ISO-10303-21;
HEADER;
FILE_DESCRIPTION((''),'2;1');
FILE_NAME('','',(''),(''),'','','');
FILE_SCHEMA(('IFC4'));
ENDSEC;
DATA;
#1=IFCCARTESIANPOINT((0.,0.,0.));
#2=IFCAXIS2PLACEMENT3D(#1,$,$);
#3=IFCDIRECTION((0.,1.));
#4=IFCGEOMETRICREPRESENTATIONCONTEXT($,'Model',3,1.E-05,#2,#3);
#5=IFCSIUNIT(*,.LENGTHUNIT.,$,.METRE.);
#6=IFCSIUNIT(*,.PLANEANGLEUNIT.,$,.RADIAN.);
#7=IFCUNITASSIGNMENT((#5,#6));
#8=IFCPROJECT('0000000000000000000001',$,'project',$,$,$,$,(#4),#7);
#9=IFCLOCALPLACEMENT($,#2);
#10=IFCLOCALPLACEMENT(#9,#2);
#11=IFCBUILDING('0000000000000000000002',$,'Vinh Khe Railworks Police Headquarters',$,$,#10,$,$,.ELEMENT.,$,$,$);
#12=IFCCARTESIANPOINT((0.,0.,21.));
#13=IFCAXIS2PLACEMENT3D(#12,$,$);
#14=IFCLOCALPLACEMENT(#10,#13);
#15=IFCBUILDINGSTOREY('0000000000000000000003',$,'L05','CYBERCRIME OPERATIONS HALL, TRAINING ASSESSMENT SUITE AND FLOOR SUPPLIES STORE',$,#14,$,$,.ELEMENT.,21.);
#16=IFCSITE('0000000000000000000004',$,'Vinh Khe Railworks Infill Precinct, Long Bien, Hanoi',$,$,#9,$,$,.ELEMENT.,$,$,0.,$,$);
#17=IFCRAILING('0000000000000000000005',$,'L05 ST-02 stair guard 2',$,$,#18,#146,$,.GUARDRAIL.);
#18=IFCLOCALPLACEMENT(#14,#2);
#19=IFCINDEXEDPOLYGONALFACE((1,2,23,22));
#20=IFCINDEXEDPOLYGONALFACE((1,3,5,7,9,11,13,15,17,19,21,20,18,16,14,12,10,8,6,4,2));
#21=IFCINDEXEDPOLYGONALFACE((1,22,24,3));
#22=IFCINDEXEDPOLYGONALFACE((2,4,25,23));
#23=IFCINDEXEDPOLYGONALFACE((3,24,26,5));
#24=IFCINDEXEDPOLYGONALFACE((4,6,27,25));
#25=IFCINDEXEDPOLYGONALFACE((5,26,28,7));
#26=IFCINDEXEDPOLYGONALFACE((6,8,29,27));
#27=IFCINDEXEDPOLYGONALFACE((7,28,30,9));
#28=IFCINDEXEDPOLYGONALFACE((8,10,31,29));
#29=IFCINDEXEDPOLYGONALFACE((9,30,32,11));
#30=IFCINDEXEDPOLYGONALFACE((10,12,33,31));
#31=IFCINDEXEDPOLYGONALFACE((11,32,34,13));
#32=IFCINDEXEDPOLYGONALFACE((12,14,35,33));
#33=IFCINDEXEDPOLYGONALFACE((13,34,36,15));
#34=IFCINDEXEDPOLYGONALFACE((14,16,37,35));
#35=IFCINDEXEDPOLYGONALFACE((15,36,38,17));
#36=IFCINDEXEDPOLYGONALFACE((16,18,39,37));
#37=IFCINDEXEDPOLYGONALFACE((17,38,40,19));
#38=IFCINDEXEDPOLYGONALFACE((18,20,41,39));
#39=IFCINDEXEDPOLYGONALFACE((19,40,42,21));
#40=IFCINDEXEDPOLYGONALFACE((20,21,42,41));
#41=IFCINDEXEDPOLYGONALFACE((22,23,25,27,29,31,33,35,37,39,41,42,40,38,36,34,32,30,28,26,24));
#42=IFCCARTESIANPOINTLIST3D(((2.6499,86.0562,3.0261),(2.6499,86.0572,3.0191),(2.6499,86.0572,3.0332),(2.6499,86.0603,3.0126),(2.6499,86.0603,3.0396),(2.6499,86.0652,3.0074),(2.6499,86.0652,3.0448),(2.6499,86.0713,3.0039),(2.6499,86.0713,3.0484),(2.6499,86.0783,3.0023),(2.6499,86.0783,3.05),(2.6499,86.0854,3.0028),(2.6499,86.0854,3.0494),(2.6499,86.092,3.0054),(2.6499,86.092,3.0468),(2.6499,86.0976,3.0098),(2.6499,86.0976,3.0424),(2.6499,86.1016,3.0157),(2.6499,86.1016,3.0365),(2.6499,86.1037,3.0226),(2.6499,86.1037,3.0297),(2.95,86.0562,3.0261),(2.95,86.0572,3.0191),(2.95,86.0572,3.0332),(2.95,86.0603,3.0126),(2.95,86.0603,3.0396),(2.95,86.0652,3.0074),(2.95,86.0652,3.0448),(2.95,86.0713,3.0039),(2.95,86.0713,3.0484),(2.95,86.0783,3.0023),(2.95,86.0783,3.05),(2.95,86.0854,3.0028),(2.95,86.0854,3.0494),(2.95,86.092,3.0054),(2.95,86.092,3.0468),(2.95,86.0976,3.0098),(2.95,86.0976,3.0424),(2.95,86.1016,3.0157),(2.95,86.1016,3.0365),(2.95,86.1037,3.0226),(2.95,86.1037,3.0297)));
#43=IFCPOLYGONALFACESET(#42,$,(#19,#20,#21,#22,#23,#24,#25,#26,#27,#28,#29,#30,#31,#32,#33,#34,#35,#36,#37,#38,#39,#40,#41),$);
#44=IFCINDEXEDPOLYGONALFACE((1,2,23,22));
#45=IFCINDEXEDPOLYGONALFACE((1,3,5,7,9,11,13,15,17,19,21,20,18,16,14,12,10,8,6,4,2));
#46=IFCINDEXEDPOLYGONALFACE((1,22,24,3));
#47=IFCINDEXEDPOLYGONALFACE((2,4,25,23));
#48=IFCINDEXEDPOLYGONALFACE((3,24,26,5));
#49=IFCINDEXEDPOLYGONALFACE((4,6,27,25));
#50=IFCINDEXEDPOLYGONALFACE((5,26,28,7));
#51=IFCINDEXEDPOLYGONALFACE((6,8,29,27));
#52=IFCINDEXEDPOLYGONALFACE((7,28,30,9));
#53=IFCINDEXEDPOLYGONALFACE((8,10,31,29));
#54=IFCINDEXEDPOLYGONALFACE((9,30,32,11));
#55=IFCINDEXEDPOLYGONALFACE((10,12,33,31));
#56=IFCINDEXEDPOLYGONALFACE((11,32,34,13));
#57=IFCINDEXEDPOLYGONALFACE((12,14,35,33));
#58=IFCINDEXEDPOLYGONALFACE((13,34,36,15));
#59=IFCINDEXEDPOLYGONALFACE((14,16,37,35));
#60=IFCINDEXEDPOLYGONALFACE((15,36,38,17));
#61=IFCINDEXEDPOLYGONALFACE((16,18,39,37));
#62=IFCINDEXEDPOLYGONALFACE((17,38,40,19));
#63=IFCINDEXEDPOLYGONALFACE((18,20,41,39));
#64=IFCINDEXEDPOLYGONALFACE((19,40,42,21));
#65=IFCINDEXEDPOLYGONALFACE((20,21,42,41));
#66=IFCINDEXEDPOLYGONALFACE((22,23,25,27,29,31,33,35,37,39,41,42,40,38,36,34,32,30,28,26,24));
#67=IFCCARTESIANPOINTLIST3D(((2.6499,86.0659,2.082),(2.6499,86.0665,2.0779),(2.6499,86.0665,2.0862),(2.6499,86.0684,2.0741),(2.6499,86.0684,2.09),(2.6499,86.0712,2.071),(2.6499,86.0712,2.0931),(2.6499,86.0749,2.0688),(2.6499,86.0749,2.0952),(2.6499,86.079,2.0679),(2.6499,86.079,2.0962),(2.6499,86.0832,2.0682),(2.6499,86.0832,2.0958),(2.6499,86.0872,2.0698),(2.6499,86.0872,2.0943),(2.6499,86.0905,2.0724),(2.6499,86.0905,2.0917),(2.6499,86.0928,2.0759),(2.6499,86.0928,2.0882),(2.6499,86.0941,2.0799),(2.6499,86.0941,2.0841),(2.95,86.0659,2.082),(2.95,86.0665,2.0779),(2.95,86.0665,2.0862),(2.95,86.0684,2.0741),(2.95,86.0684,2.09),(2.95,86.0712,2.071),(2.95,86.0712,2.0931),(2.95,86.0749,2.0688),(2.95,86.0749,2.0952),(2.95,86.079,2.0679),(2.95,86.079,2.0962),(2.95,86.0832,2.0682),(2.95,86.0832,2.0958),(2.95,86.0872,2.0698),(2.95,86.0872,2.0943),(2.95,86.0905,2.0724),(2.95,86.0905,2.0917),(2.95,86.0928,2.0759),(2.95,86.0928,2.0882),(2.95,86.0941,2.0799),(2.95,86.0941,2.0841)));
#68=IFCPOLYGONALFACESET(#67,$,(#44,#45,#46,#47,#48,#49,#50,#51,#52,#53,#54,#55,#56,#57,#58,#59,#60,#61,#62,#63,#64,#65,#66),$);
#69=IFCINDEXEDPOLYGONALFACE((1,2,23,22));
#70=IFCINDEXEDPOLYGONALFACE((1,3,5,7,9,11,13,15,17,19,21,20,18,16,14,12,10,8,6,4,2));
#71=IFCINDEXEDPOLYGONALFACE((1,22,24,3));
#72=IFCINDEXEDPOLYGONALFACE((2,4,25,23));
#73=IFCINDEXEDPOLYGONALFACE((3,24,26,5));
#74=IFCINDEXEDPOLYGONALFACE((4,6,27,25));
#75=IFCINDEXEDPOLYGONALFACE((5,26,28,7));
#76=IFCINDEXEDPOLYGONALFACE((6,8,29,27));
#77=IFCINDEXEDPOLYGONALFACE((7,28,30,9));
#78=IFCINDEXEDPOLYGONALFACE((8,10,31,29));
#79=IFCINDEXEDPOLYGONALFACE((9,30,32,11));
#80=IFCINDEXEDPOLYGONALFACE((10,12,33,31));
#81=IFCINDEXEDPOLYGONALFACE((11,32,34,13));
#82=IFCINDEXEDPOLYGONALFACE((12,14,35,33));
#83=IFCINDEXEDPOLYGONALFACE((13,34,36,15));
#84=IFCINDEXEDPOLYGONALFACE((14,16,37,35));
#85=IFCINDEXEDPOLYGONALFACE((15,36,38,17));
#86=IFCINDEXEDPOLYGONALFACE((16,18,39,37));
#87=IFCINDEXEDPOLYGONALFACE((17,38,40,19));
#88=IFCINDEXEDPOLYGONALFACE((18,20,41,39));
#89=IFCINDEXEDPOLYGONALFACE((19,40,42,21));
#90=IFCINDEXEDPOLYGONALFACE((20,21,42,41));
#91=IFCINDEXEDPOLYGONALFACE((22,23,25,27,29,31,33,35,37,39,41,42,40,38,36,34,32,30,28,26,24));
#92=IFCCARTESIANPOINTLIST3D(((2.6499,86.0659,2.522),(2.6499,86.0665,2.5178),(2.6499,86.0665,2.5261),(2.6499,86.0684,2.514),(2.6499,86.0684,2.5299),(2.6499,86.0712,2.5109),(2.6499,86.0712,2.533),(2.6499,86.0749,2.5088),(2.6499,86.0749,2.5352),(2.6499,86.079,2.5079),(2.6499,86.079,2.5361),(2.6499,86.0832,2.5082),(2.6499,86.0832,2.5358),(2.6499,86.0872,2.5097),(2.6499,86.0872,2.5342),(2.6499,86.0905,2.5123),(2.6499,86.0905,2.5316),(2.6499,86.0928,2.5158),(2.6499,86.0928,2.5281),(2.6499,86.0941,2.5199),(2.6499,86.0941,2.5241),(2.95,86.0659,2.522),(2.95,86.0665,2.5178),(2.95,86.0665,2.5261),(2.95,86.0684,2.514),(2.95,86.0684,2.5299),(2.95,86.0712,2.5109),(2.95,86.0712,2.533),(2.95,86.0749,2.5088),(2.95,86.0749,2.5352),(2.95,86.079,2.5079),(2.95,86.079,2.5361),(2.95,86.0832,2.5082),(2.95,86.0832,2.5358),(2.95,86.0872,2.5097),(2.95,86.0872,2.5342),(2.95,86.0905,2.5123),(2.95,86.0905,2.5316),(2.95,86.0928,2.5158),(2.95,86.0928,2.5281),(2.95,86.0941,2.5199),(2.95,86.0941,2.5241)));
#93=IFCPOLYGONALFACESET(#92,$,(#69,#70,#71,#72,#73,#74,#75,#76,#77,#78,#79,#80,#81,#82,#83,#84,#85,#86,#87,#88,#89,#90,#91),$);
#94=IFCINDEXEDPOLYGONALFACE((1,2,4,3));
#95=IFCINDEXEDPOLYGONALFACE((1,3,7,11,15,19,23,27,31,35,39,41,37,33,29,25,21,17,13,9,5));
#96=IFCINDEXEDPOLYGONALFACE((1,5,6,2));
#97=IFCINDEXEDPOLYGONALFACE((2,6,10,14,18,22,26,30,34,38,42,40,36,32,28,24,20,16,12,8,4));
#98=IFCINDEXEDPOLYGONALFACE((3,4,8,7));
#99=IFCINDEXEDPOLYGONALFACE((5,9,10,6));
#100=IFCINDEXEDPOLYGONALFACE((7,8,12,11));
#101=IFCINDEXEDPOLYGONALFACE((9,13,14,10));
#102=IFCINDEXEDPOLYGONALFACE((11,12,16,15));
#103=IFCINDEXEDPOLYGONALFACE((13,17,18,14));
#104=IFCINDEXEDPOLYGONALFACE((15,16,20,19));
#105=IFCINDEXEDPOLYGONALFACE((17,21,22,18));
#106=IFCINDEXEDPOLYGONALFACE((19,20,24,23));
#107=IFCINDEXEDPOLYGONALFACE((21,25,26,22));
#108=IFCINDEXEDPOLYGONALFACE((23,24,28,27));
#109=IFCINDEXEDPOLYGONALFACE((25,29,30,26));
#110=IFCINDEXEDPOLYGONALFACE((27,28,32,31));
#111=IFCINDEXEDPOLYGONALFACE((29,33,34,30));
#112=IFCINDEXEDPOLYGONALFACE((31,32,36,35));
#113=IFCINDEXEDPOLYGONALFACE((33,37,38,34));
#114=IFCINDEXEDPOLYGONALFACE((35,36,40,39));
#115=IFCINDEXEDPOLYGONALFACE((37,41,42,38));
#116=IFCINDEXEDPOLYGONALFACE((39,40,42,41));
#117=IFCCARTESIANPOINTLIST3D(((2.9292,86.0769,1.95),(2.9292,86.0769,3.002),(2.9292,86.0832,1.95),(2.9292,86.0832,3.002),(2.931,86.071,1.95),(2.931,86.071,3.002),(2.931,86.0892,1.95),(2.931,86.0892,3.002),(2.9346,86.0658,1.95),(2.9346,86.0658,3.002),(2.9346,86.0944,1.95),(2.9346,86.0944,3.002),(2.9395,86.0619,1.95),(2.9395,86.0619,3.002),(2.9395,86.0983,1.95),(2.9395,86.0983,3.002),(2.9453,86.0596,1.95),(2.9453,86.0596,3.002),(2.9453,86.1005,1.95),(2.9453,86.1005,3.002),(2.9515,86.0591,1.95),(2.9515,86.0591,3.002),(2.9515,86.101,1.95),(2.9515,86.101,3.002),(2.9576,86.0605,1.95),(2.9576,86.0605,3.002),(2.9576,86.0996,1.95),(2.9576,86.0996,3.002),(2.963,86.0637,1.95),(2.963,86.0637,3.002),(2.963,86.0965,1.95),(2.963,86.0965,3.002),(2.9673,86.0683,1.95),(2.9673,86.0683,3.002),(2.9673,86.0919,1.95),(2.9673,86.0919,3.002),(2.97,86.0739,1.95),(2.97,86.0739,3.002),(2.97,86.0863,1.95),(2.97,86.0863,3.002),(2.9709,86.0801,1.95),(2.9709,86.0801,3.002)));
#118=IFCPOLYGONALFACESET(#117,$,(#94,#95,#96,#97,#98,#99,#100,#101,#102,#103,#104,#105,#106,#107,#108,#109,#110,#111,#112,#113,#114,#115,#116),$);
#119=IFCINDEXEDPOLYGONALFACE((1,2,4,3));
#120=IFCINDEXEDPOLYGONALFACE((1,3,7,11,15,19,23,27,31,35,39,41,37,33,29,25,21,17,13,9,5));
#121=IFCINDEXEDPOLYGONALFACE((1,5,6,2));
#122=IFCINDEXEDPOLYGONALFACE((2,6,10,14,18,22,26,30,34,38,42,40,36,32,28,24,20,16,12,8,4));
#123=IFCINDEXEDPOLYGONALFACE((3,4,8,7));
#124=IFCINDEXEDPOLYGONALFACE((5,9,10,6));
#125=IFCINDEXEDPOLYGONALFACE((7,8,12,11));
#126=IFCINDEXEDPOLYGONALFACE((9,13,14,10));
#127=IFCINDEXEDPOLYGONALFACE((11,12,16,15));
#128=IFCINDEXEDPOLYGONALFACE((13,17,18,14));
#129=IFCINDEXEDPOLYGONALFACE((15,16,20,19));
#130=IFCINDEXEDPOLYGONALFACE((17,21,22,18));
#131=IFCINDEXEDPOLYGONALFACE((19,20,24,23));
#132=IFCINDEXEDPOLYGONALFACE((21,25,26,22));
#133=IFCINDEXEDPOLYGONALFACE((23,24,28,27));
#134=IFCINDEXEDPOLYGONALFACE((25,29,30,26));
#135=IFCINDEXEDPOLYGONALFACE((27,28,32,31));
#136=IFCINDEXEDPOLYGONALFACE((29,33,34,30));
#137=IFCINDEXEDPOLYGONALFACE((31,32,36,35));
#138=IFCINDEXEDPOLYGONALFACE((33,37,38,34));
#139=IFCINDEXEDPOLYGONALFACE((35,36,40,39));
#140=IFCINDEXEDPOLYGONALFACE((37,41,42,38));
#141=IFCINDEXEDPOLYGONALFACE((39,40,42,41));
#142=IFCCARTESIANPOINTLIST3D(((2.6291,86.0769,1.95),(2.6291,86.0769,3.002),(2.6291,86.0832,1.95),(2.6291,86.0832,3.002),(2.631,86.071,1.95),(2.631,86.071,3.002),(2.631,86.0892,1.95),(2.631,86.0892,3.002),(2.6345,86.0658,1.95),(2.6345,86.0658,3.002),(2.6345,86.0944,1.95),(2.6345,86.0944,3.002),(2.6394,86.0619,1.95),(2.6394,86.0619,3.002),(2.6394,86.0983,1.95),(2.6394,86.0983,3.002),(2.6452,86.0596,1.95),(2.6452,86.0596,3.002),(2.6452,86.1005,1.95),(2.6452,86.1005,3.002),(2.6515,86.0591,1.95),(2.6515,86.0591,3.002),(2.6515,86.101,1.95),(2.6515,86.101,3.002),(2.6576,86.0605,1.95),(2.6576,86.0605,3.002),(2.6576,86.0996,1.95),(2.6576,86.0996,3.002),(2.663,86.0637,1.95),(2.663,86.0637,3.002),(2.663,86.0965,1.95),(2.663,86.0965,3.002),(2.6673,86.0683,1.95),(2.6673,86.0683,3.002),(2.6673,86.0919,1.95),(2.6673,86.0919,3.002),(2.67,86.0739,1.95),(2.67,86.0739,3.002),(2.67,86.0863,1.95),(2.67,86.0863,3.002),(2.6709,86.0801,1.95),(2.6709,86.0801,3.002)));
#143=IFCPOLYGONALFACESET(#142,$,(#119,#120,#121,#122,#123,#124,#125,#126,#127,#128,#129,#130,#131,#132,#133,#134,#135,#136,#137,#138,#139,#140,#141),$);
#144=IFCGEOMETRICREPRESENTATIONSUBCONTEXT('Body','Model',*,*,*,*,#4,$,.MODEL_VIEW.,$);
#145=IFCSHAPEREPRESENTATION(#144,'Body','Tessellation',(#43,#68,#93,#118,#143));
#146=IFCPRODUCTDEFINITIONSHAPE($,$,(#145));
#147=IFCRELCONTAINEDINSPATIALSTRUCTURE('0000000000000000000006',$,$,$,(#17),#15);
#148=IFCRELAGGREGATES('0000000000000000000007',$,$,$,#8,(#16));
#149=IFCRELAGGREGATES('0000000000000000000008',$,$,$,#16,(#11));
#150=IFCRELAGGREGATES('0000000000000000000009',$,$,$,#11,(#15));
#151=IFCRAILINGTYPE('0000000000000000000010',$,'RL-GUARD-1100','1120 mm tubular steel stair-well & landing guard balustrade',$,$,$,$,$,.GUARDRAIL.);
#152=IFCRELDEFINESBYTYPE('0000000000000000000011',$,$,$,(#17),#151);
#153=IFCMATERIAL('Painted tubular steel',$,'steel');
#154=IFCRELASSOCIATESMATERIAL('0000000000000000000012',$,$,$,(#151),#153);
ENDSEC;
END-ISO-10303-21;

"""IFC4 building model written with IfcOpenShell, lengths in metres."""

from ifc_helpers import new_model, si_unit, direction, frame, origin, origin_2d, place, context, subcontext, project, spatial, circle, extrude, material, type_object, element, save


model = new_model("IFC4")

# Units and contexts
model_context = context("Model", 3, precision=1e-05, world=origin(), true_north=direction((0.0, 1.0)))
body_context = subcontext(model_context, "Body", "Model", "MODEL_VIEW")
ifc_project = project(units=[si_unit("LENGTHUNIT", "METRE"), si_unit("PLANEANGLEUNIT", "RADIAN")], contexts=[model_context])

# Site, building, storey
site_placement = place(None, origin())
site = spatial("IfcSite", under=ifc_project, at=site_placement, Name="Vinh Khe Railworks Infill Precinct, Long Bien, Hanoi", CompositionType="ELEMENT", RefElevation=0.0)
building_placement = place(site_placement, origin())
building = spatial("IfcBuilding", under=site, at=building_placement, Name="Vinh Khe Railworks Police Headquarters", CompositionType="ELEMENT")
storey_placement = place(building_placement, frame((0.0, 0.0, 21.0)))
storey = spatial("IfcBuildingStorey", under=building, at=storey_placement, Name="L05", Description="CYBERCRIME OPERATIONS HALL, TRAINING ASSESSMENT SUITE AND FLOOR SUPPLIES STORE", CompositionType="ELEMENT", Elevation=21.0)

# Railing
ifc_material_1 = material(Name="Painted tubular steel", Category="steel")
railing_type_1 = type_object("IfcRailingType", Name="RL-GUARD-1100", Description="1120 mm tubular steel stair-well & landing guard balustrade", PredefinedType="GUARDRAIL", material=ifc_material_1)
railing_1_placement = place(storey_placement, frame((2.95, 86.0801, 1.95)))
element("IfcRailing", 1, at=railing_1_placement, inside=storey, type_object=railing_type_1, Name="L05 ST-02 stair guard 2", PredefinedType="GUARDRAIL", context=body_context, shape_type="SweptSolid", body=[
    extrude(circle(Radius=0.0239, at=origin_2d()), frame((0.0, 0.0, 1.0762), z_axis=(-1.0, 0.0, 0.0), x_axis=(0.0, -1.0, 0.0)), (0.0, 0.0, 1.0), 0.3),
    extrude(circle(Radius=0.0142, at=origin_2d()), frame((0.0, 0.0, 0.1321), z_axis=(-1.0, 0.0, 0.0), x_axis=(0.0, -1.0, 0.0)), (0.0, 0.0, 1.0), 0.3),
    extrude(circle(Radius=0.0142, at=origin_2d()), frame((0.0, 0.0, 0.572), z_axis=(-1.0, 0.0, 0.0), x_axis=(0.0, -1.0, 0.0)), (0.0, 0.0, 1.0), 0.3),
    extrude(circle(Radius=0.021, at=origin_2d()), origin(), (0.0, 0.0, 1.0), 1.052),
    extrude(circle(Radius=0.021, at=origin_2d()), frame((-0.3, 0.0, 0.0)), (0.0, 0.0, 1.0), 1.052),
])

save(model, "model.ifc")
